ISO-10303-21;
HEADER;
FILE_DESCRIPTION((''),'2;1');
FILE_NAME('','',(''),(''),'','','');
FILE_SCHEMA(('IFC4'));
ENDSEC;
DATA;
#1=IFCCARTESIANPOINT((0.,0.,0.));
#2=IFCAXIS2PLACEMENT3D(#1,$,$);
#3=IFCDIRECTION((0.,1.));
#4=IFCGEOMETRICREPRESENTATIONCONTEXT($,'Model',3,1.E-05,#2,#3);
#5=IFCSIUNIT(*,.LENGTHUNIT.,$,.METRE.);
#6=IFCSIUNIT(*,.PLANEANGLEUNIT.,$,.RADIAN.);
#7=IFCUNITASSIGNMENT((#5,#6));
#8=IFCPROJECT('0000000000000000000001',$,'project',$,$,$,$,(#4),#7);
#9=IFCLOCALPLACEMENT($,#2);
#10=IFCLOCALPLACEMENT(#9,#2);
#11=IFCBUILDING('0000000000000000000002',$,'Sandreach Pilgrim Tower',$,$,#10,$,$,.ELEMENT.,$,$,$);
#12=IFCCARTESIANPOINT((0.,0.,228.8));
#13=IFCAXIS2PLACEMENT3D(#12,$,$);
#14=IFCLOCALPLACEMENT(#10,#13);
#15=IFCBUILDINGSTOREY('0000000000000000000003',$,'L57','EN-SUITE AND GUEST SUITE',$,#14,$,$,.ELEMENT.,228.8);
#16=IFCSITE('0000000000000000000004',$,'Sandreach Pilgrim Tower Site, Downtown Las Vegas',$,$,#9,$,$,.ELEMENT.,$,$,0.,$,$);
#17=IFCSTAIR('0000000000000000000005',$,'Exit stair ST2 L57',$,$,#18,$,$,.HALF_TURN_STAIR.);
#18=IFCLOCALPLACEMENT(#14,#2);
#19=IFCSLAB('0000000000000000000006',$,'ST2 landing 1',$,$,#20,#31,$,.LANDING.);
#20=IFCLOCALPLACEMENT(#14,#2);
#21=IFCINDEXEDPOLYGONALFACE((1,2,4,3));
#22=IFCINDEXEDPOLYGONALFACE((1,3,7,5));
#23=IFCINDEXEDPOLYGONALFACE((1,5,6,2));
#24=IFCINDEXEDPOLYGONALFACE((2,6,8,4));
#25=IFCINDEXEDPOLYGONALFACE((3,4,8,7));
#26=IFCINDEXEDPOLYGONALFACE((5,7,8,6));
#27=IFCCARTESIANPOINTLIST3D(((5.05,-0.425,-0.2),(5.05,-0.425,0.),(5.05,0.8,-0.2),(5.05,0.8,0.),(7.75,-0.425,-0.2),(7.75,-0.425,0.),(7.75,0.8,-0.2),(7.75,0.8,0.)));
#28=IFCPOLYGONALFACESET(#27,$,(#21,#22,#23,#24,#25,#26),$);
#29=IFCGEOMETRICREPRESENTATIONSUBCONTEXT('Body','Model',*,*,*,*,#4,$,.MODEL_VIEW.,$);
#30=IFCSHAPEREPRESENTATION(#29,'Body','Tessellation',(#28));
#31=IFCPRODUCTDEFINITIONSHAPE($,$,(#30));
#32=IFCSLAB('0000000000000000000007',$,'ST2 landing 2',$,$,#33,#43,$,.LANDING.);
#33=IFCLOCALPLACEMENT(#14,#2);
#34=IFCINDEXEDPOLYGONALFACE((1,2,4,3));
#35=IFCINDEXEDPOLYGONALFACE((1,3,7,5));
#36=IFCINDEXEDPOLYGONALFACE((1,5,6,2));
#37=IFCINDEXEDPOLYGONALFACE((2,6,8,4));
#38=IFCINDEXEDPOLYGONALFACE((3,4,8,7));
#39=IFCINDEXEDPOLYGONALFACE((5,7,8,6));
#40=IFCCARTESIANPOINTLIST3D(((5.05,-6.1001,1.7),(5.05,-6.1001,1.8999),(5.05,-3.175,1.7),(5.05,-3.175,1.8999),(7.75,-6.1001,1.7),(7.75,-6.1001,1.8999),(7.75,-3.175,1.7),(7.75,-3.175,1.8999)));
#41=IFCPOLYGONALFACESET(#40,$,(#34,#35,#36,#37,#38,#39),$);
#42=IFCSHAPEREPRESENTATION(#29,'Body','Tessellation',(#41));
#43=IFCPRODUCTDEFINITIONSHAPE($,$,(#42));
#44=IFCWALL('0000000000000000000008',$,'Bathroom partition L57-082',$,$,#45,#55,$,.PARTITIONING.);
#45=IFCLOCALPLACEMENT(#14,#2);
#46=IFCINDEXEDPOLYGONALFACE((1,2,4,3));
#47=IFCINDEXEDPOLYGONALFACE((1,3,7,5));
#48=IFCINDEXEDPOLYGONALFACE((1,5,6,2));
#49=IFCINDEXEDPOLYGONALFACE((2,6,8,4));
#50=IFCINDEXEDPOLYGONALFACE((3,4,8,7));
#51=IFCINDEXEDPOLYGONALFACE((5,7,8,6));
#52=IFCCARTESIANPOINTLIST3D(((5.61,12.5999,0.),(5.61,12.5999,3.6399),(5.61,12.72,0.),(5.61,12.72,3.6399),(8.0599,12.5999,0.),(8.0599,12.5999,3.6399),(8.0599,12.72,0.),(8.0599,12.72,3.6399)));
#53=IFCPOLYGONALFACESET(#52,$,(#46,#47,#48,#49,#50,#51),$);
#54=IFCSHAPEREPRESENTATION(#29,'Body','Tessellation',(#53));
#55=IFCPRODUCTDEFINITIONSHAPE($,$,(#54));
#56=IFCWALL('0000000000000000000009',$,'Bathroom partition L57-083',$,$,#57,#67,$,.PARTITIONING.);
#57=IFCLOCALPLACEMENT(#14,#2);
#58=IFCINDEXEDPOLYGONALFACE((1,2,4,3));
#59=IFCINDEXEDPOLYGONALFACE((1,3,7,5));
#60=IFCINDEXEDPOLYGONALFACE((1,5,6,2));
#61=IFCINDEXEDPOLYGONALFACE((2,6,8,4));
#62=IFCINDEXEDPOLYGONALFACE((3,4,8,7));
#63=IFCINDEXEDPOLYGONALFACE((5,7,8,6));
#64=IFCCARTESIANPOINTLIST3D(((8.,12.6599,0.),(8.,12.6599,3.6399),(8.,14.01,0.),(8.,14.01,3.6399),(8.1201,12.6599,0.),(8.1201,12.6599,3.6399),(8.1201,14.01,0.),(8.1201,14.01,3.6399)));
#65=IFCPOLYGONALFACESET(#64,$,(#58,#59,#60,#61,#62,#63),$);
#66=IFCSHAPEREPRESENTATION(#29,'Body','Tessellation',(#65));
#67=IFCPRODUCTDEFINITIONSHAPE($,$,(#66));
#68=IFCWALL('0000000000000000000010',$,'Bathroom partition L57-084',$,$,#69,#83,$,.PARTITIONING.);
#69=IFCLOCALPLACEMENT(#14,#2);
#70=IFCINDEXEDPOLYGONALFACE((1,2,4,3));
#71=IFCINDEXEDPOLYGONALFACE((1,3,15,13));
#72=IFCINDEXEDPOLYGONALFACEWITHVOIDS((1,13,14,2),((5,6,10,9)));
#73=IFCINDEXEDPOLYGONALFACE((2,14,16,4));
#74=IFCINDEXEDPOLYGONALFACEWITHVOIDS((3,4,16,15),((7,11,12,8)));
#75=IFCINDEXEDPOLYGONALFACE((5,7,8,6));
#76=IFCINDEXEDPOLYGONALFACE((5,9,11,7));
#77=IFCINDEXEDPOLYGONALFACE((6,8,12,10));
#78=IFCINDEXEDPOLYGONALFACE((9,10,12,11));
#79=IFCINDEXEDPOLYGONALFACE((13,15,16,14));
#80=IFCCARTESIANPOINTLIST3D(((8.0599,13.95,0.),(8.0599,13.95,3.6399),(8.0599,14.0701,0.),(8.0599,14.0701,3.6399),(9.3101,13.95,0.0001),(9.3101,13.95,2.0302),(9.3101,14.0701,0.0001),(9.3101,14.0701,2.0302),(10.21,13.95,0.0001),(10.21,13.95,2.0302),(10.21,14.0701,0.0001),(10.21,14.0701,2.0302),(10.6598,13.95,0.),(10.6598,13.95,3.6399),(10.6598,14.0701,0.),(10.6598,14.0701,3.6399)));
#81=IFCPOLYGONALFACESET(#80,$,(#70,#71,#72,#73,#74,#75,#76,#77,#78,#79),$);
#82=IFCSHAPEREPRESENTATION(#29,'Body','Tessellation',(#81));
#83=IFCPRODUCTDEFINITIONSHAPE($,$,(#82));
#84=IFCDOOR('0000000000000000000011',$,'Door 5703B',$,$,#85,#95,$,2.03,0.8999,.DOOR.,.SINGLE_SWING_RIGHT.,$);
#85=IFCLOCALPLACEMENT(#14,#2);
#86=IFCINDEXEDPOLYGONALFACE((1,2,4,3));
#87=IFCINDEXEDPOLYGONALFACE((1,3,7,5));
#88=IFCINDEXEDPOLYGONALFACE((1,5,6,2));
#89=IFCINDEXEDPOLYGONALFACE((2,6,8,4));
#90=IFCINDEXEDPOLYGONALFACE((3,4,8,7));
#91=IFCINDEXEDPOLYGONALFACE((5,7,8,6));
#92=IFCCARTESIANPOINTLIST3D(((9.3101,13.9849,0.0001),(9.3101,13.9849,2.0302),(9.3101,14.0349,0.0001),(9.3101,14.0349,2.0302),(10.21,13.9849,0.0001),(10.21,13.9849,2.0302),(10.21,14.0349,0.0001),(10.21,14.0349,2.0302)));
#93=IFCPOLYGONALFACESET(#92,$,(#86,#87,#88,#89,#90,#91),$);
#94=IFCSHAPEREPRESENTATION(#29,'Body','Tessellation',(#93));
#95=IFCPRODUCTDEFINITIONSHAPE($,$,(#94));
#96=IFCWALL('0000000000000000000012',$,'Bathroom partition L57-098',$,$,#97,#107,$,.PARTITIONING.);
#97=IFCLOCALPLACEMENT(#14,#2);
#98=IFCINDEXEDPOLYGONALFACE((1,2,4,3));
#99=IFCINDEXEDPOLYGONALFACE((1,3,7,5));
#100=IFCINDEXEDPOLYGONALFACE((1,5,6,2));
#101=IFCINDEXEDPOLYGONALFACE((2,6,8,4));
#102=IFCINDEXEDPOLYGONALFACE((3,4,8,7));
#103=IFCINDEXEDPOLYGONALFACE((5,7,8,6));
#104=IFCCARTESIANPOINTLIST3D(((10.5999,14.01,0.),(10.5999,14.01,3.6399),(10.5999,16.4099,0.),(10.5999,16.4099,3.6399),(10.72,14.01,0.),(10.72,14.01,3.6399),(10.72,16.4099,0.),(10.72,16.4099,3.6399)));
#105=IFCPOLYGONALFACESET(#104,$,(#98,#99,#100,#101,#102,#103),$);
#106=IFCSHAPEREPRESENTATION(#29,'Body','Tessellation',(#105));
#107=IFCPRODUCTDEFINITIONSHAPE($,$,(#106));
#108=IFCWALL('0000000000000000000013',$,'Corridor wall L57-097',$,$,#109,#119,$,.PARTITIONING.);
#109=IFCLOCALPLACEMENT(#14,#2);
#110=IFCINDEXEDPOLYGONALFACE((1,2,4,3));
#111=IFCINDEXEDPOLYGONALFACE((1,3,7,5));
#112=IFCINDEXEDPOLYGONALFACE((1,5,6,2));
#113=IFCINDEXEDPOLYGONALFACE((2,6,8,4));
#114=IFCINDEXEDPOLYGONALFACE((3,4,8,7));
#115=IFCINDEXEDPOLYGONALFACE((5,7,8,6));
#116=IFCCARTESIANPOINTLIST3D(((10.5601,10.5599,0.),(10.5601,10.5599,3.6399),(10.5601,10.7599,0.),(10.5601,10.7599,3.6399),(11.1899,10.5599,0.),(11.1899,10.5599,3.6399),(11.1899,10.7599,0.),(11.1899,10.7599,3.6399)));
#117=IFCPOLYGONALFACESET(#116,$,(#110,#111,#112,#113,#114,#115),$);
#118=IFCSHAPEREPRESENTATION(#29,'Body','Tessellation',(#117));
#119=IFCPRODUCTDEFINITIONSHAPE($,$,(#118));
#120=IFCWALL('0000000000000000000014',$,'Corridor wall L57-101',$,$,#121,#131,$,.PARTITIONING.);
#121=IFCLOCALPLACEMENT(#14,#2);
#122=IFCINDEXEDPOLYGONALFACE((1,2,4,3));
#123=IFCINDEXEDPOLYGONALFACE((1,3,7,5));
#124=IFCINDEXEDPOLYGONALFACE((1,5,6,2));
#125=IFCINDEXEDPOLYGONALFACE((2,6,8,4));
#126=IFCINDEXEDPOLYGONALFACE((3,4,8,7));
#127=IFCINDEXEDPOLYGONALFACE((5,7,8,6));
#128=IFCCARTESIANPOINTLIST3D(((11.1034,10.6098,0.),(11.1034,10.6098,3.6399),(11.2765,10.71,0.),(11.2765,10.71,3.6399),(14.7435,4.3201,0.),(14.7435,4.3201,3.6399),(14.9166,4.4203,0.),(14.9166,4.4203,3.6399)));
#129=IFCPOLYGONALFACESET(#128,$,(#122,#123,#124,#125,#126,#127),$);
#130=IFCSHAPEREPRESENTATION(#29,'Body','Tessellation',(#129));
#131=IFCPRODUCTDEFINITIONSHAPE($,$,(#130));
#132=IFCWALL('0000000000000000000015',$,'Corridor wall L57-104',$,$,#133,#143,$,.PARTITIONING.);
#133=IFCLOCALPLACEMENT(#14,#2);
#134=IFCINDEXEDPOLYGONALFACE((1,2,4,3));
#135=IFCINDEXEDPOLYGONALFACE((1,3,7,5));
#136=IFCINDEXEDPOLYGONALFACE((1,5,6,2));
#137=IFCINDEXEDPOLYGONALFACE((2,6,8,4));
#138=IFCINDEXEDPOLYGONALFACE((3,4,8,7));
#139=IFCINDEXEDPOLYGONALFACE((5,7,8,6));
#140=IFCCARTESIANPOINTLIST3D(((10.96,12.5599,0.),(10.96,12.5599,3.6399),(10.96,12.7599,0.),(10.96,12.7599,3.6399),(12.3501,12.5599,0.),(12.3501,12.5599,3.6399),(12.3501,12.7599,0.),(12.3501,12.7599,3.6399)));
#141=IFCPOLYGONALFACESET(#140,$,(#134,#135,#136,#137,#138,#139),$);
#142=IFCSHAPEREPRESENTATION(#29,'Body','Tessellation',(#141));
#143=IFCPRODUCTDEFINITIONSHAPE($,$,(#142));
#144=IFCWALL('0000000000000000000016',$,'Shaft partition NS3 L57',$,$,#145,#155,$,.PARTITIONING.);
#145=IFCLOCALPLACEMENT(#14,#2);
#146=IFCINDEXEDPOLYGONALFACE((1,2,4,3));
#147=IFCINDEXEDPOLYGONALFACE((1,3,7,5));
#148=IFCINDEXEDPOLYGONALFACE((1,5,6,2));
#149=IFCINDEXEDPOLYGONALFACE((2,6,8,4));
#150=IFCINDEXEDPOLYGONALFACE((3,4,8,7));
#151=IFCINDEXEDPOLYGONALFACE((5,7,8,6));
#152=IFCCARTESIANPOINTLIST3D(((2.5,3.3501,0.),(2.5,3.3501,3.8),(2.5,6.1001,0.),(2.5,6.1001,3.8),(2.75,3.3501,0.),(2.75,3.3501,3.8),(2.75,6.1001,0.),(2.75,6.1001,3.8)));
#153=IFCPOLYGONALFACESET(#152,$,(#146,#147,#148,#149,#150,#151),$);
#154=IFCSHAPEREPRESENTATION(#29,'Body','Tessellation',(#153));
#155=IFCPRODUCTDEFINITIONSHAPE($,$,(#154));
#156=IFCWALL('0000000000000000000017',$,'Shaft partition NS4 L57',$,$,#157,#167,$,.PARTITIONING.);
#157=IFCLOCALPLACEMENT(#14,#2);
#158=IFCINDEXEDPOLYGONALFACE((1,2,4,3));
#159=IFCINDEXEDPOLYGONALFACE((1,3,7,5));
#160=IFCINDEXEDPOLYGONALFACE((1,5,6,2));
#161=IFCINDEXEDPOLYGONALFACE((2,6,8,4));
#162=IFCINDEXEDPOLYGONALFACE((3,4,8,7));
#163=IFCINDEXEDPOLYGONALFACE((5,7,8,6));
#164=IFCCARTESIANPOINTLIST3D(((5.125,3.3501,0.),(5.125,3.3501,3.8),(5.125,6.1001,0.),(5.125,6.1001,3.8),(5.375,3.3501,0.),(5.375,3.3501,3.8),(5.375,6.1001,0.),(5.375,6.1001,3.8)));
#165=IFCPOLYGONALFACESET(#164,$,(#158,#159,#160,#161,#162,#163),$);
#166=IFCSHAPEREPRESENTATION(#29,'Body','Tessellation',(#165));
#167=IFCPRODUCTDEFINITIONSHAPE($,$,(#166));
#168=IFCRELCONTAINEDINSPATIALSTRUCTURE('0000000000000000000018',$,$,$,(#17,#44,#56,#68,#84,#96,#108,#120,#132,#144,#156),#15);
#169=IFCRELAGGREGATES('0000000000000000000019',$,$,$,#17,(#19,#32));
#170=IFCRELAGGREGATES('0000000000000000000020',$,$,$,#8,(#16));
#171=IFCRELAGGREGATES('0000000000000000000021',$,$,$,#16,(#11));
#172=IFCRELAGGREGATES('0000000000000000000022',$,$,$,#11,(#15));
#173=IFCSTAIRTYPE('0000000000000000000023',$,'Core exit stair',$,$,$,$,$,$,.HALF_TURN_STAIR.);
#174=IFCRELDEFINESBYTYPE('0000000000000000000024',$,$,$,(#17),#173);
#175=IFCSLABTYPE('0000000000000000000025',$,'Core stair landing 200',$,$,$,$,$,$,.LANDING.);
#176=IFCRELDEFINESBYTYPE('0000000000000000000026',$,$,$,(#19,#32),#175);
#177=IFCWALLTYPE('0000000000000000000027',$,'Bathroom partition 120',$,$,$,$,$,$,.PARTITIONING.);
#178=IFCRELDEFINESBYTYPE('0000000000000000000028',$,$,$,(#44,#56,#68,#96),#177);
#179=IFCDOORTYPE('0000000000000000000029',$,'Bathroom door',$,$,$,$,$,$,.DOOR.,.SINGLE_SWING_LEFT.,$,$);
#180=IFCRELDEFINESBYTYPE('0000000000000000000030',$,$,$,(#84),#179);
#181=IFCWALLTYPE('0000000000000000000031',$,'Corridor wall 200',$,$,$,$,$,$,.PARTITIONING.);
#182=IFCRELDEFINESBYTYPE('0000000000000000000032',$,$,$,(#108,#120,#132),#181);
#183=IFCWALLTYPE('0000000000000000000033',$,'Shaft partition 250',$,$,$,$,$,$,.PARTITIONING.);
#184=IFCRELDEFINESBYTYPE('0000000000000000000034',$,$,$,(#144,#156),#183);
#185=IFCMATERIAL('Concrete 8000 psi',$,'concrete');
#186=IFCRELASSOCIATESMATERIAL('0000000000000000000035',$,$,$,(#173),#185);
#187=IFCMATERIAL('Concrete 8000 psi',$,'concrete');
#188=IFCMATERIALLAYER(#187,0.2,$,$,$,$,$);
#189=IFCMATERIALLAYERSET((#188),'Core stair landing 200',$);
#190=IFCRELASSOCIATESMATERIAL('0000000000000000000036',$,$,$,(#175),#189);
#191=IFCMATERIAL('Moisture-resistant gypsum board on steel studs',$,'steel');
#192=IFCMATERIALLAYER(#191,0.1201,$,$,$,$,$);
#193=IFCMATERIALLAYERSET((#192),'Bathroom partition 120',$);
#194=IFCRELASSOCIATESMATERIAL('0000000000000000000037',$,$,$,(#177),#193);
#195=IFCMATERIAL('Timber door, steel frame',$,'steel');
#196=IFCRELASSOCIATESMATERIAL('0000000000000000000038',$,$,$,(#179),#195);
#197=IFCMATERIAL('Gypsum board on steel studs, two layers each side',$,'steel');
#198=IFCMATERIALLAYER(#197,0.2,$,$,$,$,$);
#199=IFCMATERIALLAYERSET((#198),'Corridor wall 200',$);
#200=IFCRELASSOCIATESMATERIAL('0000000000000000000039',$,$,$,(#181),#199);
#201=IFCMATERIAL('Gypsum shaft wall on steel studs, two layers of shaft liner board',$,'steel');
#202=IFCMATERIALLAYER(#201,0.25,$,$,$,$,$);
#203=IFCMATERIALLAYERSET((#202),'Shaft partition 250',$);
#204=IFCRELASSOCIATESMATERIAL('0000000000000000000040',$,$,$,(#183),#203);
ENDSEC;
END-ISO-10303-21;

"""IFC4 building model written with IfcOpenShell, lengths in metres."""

from ifc_helpers import new_model, si_unit, direction, frame, frame_2d, origin, place, context, subcontext, project, spatial, polyline, rectangle, outline, extrude, material, layer, layer_set, type_object, element, fill, aggregate, save


model = new_model("IFC4")

# Units and contexts
model_context = context("Model", 3, precision=1e-05, world=origin(), true_north=direction((0.0, 1.0)))
body_context = subcontext(model_context, "Body", "Model", "MODEL_VIEW")
ifc_project = project(units=[si_unit("LENGTHUNIT", "METRE"), si_unit("PLANEANGLEUNIT", "RADIAN")], contexts=[model_context])

# Site, building, storey
site_placement = place(None, origin())
site = spatial("IfcSite", under=ifc_project, at=site_placement, Name="Sandreach Pilgrim Tower Site, Downtown Las Vegas", CompositionType="ELEMENT", RefElevation=0.0)
building_placement = place(site_placement, origin())
building = spatial("IfcBuilding", under=site, at=building_placement, Name="Sandreach Pilgrim Tower", CompositionType="ELEMENT")
storey_placement = place(building_placement, frame((0.0, 0.0, 228.8)))
storey = spatial("IfcBuildingStorey", under=building, at=storey_placement, Name="L57", Description="EN-SUITE AND GUEST SUITE", CompositionType="ELEMENT", Elevation=228.8)

# Stair, slabs
ifc_material_1 = material(Name="Concrete 8000 psi", Category="concrete")
stair_type = type_object("IfcStairType", Name="Core exit stair", PredefinedType="HALF_TURN_STAIR", material=ifc_material_1)
ifc_material_2 = material(Name="Concrete 8000 psi", Category="concrete")
ifc_layer_1 = layer(ifc_material_2, 0.2)
ifc_layer_set_1 = layer_set([ifc_layer_1], Name="Core stair landing 200")
slab_type_1 = type_object("IfcSlabType", Name="Core stair landing 200", PredefinedType="LANDING", material=ifc_layer_set_1)
stair_1_placement = place(storey_placement, origin())
stair_1 = element("IfcStair", 1, at=stair_1_placement, inside=storey, type_object=stair_type, Name="Exit stair ST2 L57", PredefinedType="HALF_TURN_STAIR")
slab_1_placement = place(storey_placement, frame((0.0, 0.0, -0.2)))
slab_1 = element("IfcSlab", 2, at=slab_1_placement, type_object=slab_type_1, Name="ST2 landing 1", PredefinedType="LANDING", context=body_context, shape_type="SweptSolid", body=[
    extrude(outline(polyline([(5.05, -0.425), (7.75, -0.425), (7.75, 0.8), (5.05, 0.8), (5.05, -0.425)])), origin(), (0.0, 0.0, 1.0), 0.2),
])
slab_2_placement = place(storey_placement, frame((0.0, 0.0, 1.7)))
slab_2 = element("IfcSlab", 3, at=slab_2_placement, type_object=slab_type_1, Name="ST2 landing 2", PredefinedType="LANDING", context=body_context, shape_type="SweptSolid", body=[
    extrude(outline(polyline([(5.05, -6.1001), (7.75, -6.1001), (7.75, -3.175), (5.05, -3.175), (5.05, -6.1001)])), origin(), (0.0, 0.0, 1.0), 0.2),
])
aggregate(stair_1, [slab_1, slab_2])

# Walls
ifc_material_3 = material(Name="Moisture-resistant gypsum board on steel studs", Category="steel")
ifc_layer_2 = layer(ifc_material_3, 0.1201)
ifc_layer_set_2 = layer_set([ifc_layer_2], Name="Bathroom partition 120")
wall_type_1 = type_object("IfcWallType", Name="Bathroom partition 120", PredefinedType="PARTITIONING", material=ifc_layer_set_2)
wall_1_placement = place(storey_placement, frame((8.0601, 12.6599, 0.0), z_axis=(0.0, 0.0, 1.0), x_axis=(-1.0, 0.0, 0.0)))
element("IfcWall", 4, at=wall_1_placement, inside=storey, type_object=wall_type_1, Name="Bathroom partition L57-082", PredefinedType="PARTITIONING", context=body_context, shape_type="SweptSolid", body=[
    extrude(rectangle(XDim=2.45, YDim=0.1201, at=frame_2d((1.2251, 0.0))), origin(), (0.0, 0.0, 1.0), 3.6399),
])
wall_2_placement = place(storey_placement, frame((8.0601, 14.01, 0.0), z_axis=(0.0, 0.0, 1.0), x_axis=(0.0, -1.0, 0.0)))
element("IfcWall", 5, at=wall_2_placement, inside=storey, type_object=wall_type_1, Name="Bathroom partition L57-083", PredefinedType="PARTITIONING", context=body_context, shape_type="SweptSolid", body=[
    extrude(rectangle(XDim=1.3501, YDim=0.1201, at=frame_2d((0.675, 0.0))), origin(), (0.0, 0.0, 1.0), 3.6399),
])

# Wall, opening, door
wall_3_placement = place(storey_placement, frame((8.0601, 14.01, 0.0), z_axis=(0.0, 0.0, 1.0), x_axis=(1.0, 0.0, 0.0)))
wall_3 = element("IfcWall", 6, at=wall_3_placement, inside=storey, type_object=wall_type_1, Name="Bathroom partition L57-084", PredefinedType="PARTITIONING", context=body_context, shape_type="SweptSolid", body=[
    extrude(rectangle(XDim=2.5999, YDim=0.1201, at=frame_2d((1.2998, 0.0))), origin(), (0.0, 0.0, 1.0), 3.6399),
])
opening_1_placement = place(wall_3_placement, frame((1.25, 0.0, 0.0)))
opening_1 = element("IfcOpeningElement", 7, at=opening_1_placement, cuts=wall_3, PredefinedType="OPENING", context=body_context, shape_type="SweptSolid", body=[
    extrude(rectangle(XDim=0.8999, YDim=2.03, at=frame_2d((0.45, 1.0151))), frame((0.0, 0.0601, 0.0), z_axis=(0.0, -1.0, 0.0), x_axis=(1.0, 0.0, 0.0)), (0.0, 0.0, 1.0), 0.1201),
])
ifc_material_4 = material(Name="Timber door, steel frame", Category="steel")
door_type_1 = type_object("IfcDoorType", Name="Bathroom door", OperationType="SINGLE_SWING_LEFT", PredefinedType="DOOR", material=ifc_material_4)
door_1_placement = place(opening_1_placement, origin())
door_1 = element("IfcDoor", 8, at=door_1_placement, inside=storey, type_object=door_type_1, Name="Door 5703B", OperationType="SINGLE_SWING_RIGHT", OverallHeight=2.03, OverallWidth=0.8999, PredefinedType="DOOR", context=body_context, shape_type="SweptSolid", body=[
    extrude(rectangle(XDim=0.8999, YDim=2.03, at=frame_2d((0.45, 1.0151))), frame((0.0, 0.0249, 0.0), z_axis=(0.0, -1.0, 0.0), x_axis=(1.0, 0.0, 0.0)), (0.0, 0.0, 1.0), 0.05),
])
fill(opening_1, door_1)

# Wall
wall_4_placement = place(storey_placement, frame((10.6599, 14.01, 0.0), z_axis=(0.0, 0.0, 1.0), x_axis=(0.0, 1.0, 0.0)))
element("IfcWall", 9, at=wall_4_placement, inside=storey, type_object=wall_type_1, Name="Bathroom partition L57-098", PredefinedType="PARTITIONING", context=body_context, shape_type="SweptSolid", body=[
    extrude(rectangle(XDim=2.3999, YDim=0.1201, at=frame_2d((1.2, 0.0))), origin(), (0.0, 0.0, 1.0), 3.6399),
])

# Shared definitions
ifc_material_5 = material(Name="Gypsum board on steel studs, two layers each side", Category="steel")
ifc_layer_3 = layer(ifc_material_5, 0.2)
ifc_layer_set_3 = layer_set([ifc_layer_3], Name="Corridor wall 200")
wall_type_2 = type_object("IfcWallType", Name="Corridor wall 200", PredefinedType="PARTITIONING", material=ifc_layer_set_3)

# Wall
wall_5_placement = place(storey_placement, frame((10.5601, 10.6599, 0.0), z_axis=(0.0, 0.0, 1.0), x_axis=(1.0, 0.0, 0.0)))
element("IfcWall", 10, at=wall_5_placement, inside=storey, type_object=wall_type_2, Name="Corridor wall L57-097", PredefinedType="PARTITIONING", context=body_context, shape_type="SweptSolid", body=[
    extrude(rectangle(XDim=0.6299, YDim=0.2, at=frame_2d((0.3149, 0.0))), origin(), (0.0, 0.0, 1.0), 3.6399),
])

# Walls
wall_6_placement = place(storey_placement, frame((11.1899, 10.6599, 0.0), z_axis=(0.0, 0.0, 1.0), x_axis=(0.5009, -0.865505, 0.0)))
element("IfcWall", 11, at=wall_6_placement, inside=storey, type_object=wall_type_2, Name="Corridor wall L57-101", PredefinedType="PARTITIONING", context=body_context, shape_type="SweptSolid", body=[
    extrude(rectangle(XDim=7.2671, YDim=0.2, at=frame_2d((3.6335, 0.0))), origin(), (0.0, 0.0, 1.0), 3.6399),
])
wall_7_placement = place(storey_placement, frame((12.3501, 12.6599, 0.0), z_axis=(0.0, 0.0, 1.0), x_axis=(-1.0, 0.0, 0.0)))
element("IfcWall", 12, at=wall_7_placement, inside=storey, type_object=wall_type_2, Name="Corridor wall L57-104", PredefinedType="PARTITIONING", context=body_context, shape_type="SweptSolid", body=[
    extrude(rectangle(XDim=1.3901, YDim=0.2, at=frame_2d((0.6951, 0.0))), origin(), (0.0, 0.0, 1.0), 3.6399),
])
ifc_material_6 = material(Name="Gypsum shaft wall on steel studs, two layers of shaft liner board", Category="steel")
ifc_layer_4 = layer(ifc_material_6, 0.25)
ifc_layer_set_4 = layer_set([ifc_layer_4], Name="Shaft partition 250")
wall_type_3 = type_object("IfcWallType", Name="Shaft partition 250", PredefinedType="PARTITIONING", material=ifc_layer_set_4)
for number, where, z_axis, x_axis, name in (
    (13, (2.625, 3.3501, 0.0), (0.0, 0.0, 1.0), (0.0, 1.0, 0.0), "Shaft partition NS3 L57"),
    (14, (5.25, 3.3501, 0.0), (0.0, 0.0, 1.0), (0.0, 1.0, 0.0), "Shaft partition NS4 L57"),
):
    element("IfcWall", number, at=place(storey_placement, frame(where, z_axis=z_axis, x_axis=x_axis)), inside=storey, type_object=wall_type_3, Name=name, PredefinedType="PARTITIONING", context=body_context, shape_type="SweptSolid", body=[
        extrude(rectangle(XDim=2.75, YDim=0.25, at=frame_2d((1.375, 0.0))), origin(), (0.0, 0.0, 1.0), 3.8),
    ])

save(model, "model.ifc")
